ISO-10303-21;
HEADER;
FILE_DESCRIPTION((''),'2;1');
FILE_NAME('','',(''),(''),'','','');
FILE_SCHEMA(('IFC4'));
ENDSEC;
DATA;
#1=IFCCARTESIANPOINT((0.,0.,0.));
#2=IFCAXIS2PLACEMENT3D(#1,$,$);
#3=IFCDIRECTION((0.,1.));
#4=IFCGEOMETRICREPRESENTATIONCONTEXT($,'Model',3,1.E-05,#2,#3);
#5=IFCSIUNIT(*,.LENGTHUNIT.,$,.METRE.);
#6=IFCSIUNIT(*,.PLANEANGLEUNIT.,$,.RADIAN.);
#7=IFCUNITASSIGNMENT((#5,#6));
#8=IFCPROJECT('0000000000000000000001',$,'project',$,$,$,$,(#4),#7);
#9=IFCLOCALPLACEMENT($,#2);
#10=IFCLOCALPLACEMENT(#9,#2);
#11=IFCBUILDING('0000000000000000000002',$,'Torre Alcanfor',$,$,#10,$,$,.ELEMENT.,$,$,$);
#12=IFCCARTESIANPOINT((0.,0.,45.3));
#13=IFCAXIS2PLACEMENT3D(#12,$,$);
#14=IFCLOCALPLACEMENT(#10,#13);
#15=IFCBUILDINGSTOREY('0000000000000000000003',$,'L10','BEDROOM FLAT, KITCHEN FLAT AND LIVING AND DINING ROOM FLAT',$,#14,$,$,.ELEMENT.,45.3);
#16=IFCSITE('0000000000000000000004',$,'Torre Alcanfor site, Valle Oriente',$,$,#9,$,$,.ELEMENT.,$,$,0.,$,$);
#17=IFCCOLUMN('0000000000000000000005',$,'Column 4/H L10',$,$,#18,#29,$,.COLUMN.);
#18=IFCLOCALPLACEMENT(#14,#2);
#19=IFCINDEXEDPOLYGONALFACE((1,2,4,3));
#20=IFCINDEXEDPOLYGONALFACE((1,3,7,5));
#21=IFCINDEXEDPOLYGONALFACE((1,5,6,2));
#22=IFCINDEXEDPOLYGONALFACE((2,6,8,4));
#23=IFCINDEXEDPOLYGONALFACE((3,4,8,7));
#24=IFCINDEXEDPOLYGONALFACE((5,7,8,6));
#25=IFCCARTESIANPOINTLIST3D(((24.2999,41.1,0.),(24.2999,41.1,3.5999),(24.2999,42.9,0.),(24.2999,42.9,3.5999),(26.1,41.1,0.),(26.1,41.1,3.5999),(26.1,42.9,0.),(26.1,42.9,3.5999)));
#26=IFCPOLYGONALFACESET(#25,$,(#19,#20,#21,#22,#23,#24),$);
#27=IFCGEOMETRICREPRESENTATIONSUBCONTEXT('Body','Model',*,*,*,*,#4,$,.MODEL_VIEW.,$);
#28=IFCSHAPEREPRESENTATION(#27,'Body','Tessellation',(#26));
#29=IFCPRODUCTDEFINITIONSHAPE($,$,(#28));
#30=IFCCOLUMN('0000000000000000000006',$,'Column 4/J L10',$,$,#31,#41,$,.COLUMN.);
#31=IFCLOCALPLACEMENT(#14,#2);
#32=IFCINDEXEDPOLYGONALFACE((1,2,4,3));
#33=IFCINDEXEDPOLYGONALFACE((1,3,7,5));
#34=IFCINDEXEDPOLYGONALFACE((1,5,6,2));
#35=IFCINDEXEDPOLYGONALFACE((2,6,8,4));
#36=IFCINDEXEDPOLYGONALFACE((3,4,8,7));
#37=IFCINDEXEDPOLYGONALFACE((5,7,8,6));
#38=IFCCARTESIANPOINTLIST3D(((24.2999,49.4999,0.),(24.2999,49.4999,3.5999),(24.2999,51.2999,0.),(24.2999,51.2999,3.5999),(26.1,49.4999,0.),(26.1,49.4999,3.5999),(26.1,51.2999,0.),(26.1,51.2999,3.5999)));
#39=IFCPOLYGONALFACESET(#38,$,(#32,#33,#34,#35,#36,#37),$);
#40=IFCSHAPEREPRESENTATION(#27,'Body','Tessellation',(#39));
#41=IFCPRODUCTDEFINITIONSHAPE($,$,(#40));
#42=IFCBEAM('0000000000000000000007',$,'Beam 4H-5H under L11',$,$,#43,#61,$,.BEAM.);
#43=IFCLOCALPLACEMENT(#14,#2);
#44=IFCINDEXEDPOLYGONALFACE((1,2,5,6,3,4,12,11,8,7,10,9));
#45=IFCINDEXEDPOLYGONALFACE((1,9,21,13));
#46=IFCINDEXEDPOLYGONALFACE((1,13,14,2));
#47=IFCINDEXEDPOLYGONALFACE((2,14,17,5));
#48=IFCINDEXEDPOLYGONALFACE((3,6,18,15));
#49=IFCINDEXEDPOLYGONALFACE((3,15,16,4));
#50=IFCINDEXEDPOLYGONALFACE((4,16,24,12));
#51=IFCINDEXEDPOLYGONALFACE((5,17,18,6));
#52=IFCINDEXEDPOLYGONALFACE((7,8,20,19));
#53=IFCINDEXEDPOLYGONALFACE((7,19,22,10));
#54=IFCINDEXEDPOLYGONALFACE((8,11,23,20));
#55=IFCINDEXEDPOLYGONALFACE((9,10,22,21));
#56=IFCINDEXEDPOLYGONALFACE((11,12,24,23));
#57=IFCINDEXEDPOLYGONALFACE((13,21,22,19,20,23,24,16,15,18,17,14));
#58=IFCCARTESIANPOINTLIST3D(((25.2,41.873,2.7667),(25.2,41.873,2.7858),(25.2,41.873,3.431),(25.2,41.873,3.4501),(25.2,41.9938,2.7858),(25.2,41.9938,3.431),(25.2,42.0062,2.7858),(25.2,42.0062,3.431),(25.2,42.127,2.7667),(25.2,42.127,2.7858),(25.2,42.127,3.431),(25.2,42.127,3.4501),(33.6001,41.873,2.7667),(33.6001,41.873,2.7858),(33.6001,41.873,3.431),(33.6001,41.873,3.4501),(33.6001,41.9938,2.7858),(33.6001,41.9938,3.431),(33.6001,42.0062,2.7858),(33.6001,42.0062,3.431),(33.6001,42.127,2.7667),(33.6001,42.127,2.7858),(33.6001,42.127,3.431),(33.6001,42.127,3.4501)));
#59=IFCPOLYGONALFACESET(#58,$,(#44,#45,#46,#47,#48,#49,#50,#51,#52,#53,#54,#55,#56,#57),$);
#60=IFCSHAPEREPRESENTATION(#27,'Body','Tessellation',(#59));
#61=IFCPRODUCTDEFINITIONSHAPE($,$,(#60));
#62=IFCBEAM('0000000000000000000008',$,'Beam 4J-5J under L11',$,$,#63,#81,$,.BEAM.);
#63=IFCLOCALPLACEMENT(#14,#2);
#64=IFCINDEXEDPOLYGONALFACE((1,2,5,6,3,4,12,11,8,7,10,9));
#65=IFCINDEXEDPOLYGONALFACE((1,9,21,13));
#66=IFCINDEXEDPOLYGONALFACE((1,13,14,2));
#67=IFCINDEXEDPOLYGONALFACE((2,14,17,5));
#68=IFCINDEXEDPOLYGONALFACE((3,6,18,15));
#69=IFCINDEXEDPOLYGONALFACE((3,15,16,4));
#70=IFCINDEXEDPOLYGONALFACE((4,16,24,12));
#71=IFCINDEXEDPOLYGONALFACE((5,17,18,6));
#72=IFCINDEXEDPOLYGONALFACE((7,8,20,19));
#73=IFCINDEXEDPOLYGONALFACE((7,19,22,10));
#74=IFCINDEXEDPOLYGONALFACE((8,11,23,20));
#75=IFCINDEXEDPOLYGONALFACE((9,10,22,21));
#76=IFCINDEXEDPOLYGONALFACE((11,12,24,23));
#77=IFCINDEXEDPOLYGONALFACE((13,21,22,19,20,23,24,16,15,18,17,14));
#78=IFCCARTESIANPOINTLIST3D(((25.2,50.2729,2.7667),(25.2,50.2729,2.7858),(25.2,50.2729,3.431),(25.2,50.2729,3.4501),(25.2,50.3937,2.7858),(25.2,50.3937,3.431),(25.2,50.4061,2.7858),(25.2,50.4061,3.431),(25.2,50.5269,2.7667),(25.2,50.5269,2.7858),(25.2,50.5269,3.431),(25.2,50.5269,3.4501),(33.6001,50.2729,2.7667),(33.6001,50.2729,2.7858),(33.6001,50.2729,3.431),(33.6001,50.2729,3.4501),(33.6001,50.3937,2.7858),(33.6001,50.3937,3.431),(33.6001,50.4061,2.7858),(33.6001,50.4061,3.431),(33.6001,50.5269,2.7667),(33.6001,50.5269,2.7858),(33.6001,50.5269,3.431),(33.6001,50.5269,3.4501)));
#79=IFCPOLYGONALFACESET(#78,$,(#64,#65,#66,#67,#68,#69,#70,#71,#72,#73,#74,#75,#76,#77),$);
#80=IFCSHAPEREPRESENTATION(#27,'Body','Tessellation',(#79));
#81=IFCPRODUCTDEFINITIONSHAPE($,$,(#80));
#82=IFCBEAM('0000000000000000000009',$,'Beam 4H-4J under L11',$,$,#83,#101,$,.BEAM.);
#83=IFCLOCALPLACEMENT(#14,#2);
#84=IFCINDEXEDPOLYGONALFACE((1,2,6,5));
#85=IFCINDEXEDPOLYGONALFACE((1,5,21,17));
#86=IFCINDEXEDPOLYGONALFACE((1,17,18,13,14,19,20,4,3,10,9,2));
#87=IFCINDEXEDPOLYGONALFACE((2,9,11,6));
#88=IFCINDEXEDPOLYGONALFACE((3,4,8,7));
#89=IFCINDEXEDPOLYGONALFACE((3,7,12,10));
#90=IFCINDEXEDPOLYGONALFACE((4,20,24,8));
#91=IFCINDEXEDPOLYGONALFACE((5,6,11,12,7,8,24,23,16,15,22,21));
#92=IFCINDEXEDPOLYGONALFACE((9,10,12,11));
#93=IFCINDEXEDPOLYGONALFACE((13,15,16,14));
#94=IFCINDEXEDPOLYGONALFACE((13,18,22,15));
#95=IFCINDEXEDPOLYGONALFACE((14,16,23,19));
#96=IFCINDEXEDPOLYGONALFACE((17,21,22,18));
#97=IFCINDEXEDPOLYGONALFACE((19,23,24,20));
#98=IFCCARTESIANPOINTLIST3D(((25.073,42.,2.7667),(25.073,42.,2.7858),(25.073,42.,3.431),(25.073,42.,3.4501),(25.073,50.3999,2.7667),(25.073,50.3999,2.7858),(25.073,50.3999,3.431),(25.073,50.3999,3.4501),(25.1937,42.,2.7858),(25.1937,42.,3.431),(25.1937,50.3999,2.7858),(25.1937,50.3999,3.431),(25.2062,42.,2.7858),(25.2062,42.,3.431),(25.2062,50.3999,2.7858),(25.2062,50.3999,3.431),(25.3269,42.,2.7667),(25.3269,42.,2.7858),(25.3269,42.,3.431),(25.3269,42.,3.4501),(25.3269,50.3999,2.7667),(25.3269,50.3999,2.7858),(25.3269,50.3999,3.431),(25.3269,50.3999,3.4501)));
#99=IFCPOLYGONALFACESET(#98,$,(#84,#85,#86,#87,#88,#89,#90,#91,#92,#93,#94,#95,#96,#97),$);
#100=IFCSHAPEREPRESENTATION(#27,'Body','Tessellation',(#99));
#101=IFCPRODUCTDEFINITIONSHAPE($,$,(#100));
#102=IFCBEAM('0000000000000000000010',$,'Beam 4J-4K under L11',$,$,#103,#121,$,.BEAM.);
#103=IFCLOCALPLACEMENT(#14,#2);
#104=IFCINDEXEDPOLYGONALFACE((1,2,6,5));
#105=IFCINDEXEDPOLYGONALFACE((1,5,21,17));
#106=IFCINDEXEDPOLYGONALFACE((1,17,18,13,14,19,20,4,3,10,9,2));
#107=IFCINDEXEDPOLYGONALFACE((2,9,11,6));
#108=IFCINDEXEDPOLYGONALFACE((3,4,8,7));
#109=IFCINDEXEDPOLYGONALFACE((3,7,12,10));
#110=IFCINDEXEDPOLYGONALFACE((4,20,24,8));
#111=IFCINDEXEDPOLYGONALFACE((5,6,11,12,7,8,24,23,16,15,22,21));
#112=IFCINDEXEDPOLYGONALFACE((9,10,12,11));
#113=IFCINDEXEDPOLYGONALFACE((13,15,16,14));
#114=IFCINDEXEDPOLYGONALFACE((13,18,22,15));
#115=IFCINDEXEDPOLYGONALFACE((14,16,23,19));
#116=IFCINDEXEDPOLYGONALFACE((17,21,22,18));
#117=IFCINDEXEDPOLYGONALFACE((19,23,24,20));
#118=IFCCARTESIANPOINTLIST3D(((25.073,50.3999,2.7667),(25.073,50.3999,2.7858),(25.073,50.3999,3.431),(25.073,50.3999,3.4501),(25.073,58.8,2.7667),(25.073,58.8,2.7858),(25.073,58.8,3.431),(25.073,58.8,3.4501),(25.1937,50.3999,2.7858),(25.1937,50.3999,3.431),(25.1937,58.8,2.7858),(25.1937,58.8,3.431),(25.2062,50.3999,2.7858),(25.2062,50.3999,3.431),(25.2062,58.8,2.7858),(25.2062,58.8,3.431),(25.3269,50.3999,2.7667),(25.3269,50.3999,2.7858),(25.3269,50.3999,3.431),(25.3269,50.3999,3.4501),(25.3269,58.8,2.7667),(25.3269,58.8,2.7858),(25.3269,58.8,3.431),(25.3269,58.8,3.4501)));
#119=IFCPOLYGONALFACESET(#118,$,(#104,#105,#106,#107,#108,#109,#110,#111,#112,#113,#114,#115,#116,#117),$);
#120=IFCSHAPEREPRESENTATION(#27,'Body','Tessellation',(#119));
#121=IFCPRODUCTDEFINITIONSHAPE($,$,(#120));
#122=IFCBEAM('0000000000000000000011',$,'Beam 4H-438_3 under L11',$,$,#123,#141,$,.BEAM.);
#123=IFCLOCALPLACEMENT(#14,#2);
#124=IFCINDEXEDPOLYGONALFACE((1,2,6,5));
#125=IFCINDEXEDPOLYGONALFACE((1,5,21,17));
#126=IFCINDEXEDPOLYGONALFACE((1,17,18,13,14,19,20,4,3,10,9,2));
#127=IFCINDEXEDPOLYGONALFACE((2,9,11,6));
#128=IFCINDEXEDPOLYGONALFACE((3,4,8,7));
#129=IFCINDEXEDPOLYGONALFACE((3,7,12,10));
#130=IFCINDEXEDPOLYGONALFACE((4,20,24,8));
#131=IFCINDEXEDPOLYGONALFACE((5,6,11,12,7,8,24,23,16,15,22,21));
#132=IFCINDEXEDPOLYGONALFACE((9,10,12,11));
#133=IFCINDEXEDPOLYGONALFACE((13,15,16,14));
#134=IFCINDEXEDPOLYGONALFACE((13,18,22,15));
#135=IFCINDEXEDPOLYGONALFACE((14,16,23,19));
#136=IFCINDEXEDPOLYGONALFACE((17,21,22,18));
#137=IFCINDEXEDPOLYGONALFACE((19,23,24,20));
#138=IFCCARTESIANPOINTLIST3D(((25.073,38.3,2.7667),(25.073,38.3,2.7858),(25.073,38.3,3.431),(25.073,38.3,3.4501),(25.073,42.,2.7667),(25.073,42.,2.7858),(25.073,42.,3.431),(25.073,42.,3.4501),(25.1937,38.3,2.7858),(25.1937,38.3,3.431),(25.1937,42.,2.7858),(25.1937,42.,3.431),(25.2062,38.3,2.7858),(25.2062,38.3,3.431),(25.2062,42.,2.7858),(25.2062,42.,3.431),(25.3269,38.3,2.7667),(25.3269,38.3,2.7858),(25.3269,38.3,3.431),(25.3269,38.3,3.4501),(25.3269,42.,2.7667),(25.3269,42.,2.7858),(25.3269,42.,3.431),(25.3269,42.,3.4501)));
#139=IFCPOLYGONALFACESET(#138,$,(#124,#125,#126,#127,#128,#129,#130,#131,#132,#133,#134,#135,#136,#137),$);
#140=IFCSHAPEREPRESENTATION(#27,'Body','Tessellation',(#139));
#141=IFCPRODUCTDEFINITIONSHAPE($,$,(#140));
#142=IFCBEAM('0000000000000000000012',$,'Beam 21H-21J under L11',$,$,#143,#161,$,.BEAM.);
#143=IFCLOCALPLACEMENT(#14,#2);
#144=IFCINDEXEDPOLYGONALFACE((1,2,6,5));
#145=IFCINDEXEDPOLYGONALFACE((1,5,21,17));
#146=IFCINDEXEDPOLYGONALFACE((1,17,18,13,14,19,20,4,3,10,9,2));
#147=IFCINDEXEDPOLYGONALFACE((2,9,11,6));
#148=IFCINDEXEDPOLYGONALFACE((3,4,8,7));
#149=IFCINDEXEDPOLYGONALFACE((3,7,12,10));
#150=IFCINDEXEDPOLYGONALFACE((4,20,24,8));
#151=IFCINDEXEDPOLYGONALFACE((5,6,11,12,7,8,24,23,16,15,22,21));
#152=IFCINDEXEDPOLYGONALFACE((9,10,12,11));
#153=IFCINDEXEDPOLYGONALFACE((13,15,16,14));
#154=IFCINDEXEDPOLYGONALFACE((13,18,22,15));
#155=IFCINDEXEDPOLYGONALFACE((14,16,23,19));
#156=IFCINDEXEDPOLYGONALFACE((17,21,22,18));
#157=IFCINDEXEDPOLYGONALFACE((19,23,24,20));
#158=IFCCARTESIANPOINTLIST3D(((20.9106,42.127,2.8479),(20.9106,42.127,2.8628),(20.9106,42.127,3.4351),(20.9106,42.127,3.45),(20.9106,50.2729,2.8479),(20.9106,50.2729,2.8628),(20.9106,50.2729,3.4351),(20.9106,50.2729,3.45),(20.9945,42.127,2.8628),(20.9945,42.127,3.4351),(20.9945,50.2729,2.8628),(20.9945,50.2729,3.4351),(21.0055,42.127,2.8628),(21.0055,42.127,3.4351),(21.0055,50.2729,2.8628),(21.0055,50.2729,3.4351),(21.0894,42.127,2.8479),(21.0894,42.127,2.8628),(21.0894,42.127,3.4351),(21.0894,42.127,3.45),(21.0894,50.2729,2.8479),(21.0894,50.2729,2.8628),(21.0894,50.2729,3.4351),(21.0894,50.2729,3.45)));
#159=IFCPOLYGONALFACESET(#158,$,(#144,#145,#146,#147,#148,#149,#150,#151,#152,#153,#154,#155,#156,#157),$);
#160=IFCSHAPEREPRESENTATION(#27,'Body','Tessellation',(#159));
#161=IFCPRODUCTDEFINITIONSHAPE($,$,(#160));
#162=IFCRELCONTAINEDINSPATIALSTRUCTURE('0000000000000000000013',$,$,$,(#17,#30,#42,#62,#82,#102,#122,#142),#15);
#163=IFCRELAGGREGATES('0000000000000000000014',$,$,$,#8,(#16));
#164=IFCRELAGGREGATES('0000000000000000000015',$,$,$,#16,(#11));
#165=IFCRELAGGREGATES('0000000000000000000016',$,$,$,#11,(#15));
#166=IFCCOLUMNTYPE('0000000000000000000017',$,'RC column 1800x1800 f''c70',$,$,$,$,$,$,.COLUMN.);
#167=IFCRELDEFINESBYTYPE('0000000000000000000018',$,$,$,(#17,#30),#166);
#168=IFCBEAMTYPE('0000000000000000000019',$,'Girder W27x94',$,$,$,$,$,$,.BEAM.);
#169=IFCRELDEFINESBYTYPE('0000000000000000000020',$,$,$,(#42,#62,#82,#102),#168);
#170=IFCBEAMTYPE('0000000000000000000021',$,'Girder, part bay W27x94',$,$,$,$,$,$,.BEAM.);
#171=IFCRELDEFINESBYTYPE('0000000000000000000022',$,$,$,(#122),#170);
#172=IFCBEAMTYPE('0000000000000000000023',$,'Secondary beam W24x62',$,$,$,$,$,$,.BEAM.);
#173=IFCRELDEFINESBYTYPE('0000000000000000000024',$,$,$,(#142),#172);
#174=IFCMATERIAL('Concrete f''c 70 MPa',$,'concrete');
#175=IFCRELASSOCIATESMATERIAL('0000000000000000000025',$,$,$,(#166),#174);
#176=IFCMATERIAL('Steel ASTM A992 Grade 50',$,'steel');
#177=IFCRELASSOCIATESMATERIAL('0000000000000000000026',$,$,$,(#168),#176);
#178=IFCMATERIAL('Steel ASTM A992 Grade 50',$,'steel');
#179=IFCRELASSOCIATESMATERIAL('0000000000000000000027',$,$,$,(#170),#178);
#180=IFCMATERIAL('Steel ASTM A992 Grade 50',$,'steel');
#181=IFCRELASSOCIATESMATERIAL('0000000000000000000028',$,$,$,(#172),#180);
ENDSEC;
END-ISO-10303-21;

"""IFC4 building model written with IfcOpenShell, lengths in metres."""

from ifc_helpers import new_model, si_unit, direction, frame, origin, origin_2d, place, context, subcontext, project, spatial, rectangle, i_section, extrude, material, material_profile, profile_set, type_object, element, save


model = new_model("IFC4")

# Units and contexts
model_context = context("Model", 3, precision=1e-05, world=origin(), true_north=direction((0.0, 1.0)))
body_context = subcontext(model_context, "Body", "Model", "MODEL_VIEW")
ifc_project = project(units=[si_unit("LENGTHUNIT", "METRE"), si_unit("PLANEANGLEUNIT", "RADIAN")], contexts=[model_context])

# Site, building, storey
site_placement = place(None, origin())
site = spatial("IfcSite", under=ifc_project, at=site_placement, Name="Torre Alcanfor site, Valle Oriente", CompositionType="ELEMENT", RefElevation=0.0)
building_placement = place(site_placement, origin())
building = spatial("IfcBuilding", under=site, at=building_placement, Name="Torre Alcanfor", CompositionType="ELEMENT")
storey_placement = place(building_placement, frame((0.0, 0.0, 45.3)))
storey = spatial("IfcBuildingStorey", under=building, at=storey_placement, Name="L10", Description="BEDROOM FLAT, KITCHEN FLAT AND LIVING AND DINING ROOM FLAT", CompositionType="ELEMENT", Elevation=45.3)

# Columns
ifc_material_1 = material(Name="Concrete f'c 70 MPa", Category="concrete")
ifc_material_profile_1 = material_profile(ifc_material_1, rectangle(XDim=1.8, YDim=1.8, at=origin_2d()), Name="1800x1800")
ifc_profile_set_1 = profile_set([ifc_material_profile_1], Name="Concrete f'c 70 MPa")
column_type = type_object("IfcColumnType", Name="RC column 1800x1800 f'c70", PredefinedType="COLUMN", material=ifc_profile_set_1)
for number, where, z_axis, x_axis, name in (
    (1, (25.2, 42.0, 0.0), (0.0, 0.0, 1.0), (1.0, 0.0, 0.0), "Column 4/H L10"),
    (2, (25.2, 50.3999, 0.0), (0.0, 0.0, 1.0), (1.0, 0.0, 0.0), "Column 4/J L10"),
):
    element("IfcColumn", number, at=place(storey_placement, frame(where, z_axis=z_axis, x_axis=x_axis)), inside=storey, type_object=column_type, Name=name, PredefinedType="COLUMN", context=body_context, shape_type="SweptSolid", body=[
        extrude(rectangle(XDim=1.8, YDim=1.8, at=origin_2d()), origin(), (0.0, 0.0, 1.0), 3.5999),
    ])

# Beams
ifc_material_2 = material(Name="Steel ASTM A992 Grade 50", Category="steel")
ifc_material_profile_2 = material_profile(ifc_material_2, i_section(OverallWidth=0.2539, OverallDepth=0.6833, WebThickness=0.0125, FlangeThickness=0.019, at=origin_2d()), Name="W27x94")
ifc_profile_set_2 = profile_set([ifc_material_profile_2], Name="Steel ASTM A992 Grade 50")
beam_type_1 = type_object("IfcBeamType", Name="Girder W27x94", PredefinedType="BEAM", material=ifc_profile_set_2)
for number, where, z_axis, x_axis, name in (
    (3, (25.2, 42.0, 3.1084), (1.0, 0.0, 0.0), (0.0, 1.0, 0.0), "Beam 4H-5H under L11"),
    (4, (25.2, 50.3999, 3.1084), (1.0, 0.0, 0.0), (0.0, 1.0, 0.0), "Beam 4J-5J under L11"),
):
    element("IfcBeam", number, at=place(storey_placement, frame(where, z_axis=z_axis, x_axis=x_axis)), inside=storey, type_object=beam_type_1, Name=name, PredefinedType="BEAM", context=body_context, shape_type="SweptSolid", body=[
        extrude(i_section(OverallWidth=0.2539, OverallDepth=0.6833, WebThickness=0.0125, FlangeThickness=0.019, at=origin_2d()), origin(), (0.0, 0.0, 1.0), 8.4001),
    ])
beam_1_placement = place(storey_placement, frame((25.2, 42.0, 3.1084), z_axis=(0.0, 1.0, 0.0), x_axis=(-1.0, 0.0, 0.0)))
element("IfcBeam", 5, at=beam_1_placement, inside=storey, type_object=beam_type_1, Name="Beam 4H-4J under L11", PredefinedType="BEAM", context=body_context, shape_type="SweptSolid", body=[
    extrude(i_section(OverallWidth=0.2539, OverallDepth=0.6833, WebThickness=0.0125, FlangeThickness=0.019, at=origin_2d()), origin(), (0.0, 0.0, 1.0), 8.3999),
])
beam_2_placement = place(storey_placement, frame((25.2, 50.3999, 3.1084), z_axis=(0.0, 1.0, 0.0), x_axis=(-1.0, 0.0, 0.0)))
element("IfcBeam", 6, at=beam_2_placement, inside=storey, type_object=beam_type_1, Name="Beam 4J-4K under L11", PredefinedType="BEAM", context=body_context, shape_type="SweptSolid", body=[
    extrude(i_section(OverallWidth=0.2539, OverallDepth=0.6833, WebThickness=0.0125, FlangeThickness=0.019, at=origin_2d()), origin(), (0.0, 0.0, 1.0), 8.4001),
])
ifc_material_3 = material(Name="Steel ASTM A992 Grade 50", Category="steel")
ifc_material_profile_3 = material_profile(ifc_material_3, i_section(OverallWidth=0.2539, OverallDepth=0.6833, WebThickness=0.0125, FlangeThickness=0.019, at=origin_2d()), Name="W27x94")
ifc_profile_set_3 = profile_set([ifc_material_profile_3], Name="Steel ASTM A992 Grade 50")
beam_type_2 = type_object("IfcBeamType", Name="Girder, part bay W27x94", PredefinedType="BEAM", material=ifc_profile_set_3)
beam_3_placement = place(storey_placement, frame((25.2, 42.0, 3.1084), z_axis=(0.0, -1.0, 0.0), x_axis=(1.0, 0.0, 0.0)))
element("IfcBeam", 7, at=beam_3_placement, inside=storey, type_object=beam_type_2, Name="Beam 4H-438_3 under L11", PredefinedType="BEAM", context=body_context, shape_type="SweptSolid", body=[
    extrude(i_section(OverallWidth=0.2539, OverallDepth=0.6833, WebThickness=0.0125, FlangeThickness=0.019, at=origin_2d()), origin(), (0.0, 0.0, 1.0), 3.7),
])
ifc_material_4 = material(Name="Steel ASTM A992 Grade 50", Category="steel")
ifc_material_profile_4 = material_profile(ifc_material_4, i_section(OverallWidth=0.1787, OverallDepth=0.6021, WebThickness=0.011, FlangeThickness=0.0149, at=origin_2d()), Name="W24x62")
ifc_profile_set_4 = profile_set([ifc_material_profile_4], Name="Steel ASTM A992 Grade 50")
beam_type_3 = type_object("IfcBeamType", Name="Secondary beam W24x62", PredefinedType="BEAM", material=ifc_profile_set_4)
beam_4_placement = place(storey_placement, frame((21.0, 42.127, 3.1489), z_axis=(0.0, 1.0, 0.0), x_axis=(-1.0, 0.0, 0.0)))
element("IfcBeam", 8, at=beam_4_placement, inside=storey, type_object=beam_type_3, Name="Beam 21H-21J under L11", PredefinedType="BEAM", context=body_context, shape_type="SweptSolid", body=[
    extrude(i_section(OverallWidth=0.1787, OverallDepth=0.6021, WebThickness=0.011, FlangeThickness=0.0149, at=origin_2d()), origin(), (0.0, 0.0, 1.0), 8.146),
])

save(model, "model.ifc")
